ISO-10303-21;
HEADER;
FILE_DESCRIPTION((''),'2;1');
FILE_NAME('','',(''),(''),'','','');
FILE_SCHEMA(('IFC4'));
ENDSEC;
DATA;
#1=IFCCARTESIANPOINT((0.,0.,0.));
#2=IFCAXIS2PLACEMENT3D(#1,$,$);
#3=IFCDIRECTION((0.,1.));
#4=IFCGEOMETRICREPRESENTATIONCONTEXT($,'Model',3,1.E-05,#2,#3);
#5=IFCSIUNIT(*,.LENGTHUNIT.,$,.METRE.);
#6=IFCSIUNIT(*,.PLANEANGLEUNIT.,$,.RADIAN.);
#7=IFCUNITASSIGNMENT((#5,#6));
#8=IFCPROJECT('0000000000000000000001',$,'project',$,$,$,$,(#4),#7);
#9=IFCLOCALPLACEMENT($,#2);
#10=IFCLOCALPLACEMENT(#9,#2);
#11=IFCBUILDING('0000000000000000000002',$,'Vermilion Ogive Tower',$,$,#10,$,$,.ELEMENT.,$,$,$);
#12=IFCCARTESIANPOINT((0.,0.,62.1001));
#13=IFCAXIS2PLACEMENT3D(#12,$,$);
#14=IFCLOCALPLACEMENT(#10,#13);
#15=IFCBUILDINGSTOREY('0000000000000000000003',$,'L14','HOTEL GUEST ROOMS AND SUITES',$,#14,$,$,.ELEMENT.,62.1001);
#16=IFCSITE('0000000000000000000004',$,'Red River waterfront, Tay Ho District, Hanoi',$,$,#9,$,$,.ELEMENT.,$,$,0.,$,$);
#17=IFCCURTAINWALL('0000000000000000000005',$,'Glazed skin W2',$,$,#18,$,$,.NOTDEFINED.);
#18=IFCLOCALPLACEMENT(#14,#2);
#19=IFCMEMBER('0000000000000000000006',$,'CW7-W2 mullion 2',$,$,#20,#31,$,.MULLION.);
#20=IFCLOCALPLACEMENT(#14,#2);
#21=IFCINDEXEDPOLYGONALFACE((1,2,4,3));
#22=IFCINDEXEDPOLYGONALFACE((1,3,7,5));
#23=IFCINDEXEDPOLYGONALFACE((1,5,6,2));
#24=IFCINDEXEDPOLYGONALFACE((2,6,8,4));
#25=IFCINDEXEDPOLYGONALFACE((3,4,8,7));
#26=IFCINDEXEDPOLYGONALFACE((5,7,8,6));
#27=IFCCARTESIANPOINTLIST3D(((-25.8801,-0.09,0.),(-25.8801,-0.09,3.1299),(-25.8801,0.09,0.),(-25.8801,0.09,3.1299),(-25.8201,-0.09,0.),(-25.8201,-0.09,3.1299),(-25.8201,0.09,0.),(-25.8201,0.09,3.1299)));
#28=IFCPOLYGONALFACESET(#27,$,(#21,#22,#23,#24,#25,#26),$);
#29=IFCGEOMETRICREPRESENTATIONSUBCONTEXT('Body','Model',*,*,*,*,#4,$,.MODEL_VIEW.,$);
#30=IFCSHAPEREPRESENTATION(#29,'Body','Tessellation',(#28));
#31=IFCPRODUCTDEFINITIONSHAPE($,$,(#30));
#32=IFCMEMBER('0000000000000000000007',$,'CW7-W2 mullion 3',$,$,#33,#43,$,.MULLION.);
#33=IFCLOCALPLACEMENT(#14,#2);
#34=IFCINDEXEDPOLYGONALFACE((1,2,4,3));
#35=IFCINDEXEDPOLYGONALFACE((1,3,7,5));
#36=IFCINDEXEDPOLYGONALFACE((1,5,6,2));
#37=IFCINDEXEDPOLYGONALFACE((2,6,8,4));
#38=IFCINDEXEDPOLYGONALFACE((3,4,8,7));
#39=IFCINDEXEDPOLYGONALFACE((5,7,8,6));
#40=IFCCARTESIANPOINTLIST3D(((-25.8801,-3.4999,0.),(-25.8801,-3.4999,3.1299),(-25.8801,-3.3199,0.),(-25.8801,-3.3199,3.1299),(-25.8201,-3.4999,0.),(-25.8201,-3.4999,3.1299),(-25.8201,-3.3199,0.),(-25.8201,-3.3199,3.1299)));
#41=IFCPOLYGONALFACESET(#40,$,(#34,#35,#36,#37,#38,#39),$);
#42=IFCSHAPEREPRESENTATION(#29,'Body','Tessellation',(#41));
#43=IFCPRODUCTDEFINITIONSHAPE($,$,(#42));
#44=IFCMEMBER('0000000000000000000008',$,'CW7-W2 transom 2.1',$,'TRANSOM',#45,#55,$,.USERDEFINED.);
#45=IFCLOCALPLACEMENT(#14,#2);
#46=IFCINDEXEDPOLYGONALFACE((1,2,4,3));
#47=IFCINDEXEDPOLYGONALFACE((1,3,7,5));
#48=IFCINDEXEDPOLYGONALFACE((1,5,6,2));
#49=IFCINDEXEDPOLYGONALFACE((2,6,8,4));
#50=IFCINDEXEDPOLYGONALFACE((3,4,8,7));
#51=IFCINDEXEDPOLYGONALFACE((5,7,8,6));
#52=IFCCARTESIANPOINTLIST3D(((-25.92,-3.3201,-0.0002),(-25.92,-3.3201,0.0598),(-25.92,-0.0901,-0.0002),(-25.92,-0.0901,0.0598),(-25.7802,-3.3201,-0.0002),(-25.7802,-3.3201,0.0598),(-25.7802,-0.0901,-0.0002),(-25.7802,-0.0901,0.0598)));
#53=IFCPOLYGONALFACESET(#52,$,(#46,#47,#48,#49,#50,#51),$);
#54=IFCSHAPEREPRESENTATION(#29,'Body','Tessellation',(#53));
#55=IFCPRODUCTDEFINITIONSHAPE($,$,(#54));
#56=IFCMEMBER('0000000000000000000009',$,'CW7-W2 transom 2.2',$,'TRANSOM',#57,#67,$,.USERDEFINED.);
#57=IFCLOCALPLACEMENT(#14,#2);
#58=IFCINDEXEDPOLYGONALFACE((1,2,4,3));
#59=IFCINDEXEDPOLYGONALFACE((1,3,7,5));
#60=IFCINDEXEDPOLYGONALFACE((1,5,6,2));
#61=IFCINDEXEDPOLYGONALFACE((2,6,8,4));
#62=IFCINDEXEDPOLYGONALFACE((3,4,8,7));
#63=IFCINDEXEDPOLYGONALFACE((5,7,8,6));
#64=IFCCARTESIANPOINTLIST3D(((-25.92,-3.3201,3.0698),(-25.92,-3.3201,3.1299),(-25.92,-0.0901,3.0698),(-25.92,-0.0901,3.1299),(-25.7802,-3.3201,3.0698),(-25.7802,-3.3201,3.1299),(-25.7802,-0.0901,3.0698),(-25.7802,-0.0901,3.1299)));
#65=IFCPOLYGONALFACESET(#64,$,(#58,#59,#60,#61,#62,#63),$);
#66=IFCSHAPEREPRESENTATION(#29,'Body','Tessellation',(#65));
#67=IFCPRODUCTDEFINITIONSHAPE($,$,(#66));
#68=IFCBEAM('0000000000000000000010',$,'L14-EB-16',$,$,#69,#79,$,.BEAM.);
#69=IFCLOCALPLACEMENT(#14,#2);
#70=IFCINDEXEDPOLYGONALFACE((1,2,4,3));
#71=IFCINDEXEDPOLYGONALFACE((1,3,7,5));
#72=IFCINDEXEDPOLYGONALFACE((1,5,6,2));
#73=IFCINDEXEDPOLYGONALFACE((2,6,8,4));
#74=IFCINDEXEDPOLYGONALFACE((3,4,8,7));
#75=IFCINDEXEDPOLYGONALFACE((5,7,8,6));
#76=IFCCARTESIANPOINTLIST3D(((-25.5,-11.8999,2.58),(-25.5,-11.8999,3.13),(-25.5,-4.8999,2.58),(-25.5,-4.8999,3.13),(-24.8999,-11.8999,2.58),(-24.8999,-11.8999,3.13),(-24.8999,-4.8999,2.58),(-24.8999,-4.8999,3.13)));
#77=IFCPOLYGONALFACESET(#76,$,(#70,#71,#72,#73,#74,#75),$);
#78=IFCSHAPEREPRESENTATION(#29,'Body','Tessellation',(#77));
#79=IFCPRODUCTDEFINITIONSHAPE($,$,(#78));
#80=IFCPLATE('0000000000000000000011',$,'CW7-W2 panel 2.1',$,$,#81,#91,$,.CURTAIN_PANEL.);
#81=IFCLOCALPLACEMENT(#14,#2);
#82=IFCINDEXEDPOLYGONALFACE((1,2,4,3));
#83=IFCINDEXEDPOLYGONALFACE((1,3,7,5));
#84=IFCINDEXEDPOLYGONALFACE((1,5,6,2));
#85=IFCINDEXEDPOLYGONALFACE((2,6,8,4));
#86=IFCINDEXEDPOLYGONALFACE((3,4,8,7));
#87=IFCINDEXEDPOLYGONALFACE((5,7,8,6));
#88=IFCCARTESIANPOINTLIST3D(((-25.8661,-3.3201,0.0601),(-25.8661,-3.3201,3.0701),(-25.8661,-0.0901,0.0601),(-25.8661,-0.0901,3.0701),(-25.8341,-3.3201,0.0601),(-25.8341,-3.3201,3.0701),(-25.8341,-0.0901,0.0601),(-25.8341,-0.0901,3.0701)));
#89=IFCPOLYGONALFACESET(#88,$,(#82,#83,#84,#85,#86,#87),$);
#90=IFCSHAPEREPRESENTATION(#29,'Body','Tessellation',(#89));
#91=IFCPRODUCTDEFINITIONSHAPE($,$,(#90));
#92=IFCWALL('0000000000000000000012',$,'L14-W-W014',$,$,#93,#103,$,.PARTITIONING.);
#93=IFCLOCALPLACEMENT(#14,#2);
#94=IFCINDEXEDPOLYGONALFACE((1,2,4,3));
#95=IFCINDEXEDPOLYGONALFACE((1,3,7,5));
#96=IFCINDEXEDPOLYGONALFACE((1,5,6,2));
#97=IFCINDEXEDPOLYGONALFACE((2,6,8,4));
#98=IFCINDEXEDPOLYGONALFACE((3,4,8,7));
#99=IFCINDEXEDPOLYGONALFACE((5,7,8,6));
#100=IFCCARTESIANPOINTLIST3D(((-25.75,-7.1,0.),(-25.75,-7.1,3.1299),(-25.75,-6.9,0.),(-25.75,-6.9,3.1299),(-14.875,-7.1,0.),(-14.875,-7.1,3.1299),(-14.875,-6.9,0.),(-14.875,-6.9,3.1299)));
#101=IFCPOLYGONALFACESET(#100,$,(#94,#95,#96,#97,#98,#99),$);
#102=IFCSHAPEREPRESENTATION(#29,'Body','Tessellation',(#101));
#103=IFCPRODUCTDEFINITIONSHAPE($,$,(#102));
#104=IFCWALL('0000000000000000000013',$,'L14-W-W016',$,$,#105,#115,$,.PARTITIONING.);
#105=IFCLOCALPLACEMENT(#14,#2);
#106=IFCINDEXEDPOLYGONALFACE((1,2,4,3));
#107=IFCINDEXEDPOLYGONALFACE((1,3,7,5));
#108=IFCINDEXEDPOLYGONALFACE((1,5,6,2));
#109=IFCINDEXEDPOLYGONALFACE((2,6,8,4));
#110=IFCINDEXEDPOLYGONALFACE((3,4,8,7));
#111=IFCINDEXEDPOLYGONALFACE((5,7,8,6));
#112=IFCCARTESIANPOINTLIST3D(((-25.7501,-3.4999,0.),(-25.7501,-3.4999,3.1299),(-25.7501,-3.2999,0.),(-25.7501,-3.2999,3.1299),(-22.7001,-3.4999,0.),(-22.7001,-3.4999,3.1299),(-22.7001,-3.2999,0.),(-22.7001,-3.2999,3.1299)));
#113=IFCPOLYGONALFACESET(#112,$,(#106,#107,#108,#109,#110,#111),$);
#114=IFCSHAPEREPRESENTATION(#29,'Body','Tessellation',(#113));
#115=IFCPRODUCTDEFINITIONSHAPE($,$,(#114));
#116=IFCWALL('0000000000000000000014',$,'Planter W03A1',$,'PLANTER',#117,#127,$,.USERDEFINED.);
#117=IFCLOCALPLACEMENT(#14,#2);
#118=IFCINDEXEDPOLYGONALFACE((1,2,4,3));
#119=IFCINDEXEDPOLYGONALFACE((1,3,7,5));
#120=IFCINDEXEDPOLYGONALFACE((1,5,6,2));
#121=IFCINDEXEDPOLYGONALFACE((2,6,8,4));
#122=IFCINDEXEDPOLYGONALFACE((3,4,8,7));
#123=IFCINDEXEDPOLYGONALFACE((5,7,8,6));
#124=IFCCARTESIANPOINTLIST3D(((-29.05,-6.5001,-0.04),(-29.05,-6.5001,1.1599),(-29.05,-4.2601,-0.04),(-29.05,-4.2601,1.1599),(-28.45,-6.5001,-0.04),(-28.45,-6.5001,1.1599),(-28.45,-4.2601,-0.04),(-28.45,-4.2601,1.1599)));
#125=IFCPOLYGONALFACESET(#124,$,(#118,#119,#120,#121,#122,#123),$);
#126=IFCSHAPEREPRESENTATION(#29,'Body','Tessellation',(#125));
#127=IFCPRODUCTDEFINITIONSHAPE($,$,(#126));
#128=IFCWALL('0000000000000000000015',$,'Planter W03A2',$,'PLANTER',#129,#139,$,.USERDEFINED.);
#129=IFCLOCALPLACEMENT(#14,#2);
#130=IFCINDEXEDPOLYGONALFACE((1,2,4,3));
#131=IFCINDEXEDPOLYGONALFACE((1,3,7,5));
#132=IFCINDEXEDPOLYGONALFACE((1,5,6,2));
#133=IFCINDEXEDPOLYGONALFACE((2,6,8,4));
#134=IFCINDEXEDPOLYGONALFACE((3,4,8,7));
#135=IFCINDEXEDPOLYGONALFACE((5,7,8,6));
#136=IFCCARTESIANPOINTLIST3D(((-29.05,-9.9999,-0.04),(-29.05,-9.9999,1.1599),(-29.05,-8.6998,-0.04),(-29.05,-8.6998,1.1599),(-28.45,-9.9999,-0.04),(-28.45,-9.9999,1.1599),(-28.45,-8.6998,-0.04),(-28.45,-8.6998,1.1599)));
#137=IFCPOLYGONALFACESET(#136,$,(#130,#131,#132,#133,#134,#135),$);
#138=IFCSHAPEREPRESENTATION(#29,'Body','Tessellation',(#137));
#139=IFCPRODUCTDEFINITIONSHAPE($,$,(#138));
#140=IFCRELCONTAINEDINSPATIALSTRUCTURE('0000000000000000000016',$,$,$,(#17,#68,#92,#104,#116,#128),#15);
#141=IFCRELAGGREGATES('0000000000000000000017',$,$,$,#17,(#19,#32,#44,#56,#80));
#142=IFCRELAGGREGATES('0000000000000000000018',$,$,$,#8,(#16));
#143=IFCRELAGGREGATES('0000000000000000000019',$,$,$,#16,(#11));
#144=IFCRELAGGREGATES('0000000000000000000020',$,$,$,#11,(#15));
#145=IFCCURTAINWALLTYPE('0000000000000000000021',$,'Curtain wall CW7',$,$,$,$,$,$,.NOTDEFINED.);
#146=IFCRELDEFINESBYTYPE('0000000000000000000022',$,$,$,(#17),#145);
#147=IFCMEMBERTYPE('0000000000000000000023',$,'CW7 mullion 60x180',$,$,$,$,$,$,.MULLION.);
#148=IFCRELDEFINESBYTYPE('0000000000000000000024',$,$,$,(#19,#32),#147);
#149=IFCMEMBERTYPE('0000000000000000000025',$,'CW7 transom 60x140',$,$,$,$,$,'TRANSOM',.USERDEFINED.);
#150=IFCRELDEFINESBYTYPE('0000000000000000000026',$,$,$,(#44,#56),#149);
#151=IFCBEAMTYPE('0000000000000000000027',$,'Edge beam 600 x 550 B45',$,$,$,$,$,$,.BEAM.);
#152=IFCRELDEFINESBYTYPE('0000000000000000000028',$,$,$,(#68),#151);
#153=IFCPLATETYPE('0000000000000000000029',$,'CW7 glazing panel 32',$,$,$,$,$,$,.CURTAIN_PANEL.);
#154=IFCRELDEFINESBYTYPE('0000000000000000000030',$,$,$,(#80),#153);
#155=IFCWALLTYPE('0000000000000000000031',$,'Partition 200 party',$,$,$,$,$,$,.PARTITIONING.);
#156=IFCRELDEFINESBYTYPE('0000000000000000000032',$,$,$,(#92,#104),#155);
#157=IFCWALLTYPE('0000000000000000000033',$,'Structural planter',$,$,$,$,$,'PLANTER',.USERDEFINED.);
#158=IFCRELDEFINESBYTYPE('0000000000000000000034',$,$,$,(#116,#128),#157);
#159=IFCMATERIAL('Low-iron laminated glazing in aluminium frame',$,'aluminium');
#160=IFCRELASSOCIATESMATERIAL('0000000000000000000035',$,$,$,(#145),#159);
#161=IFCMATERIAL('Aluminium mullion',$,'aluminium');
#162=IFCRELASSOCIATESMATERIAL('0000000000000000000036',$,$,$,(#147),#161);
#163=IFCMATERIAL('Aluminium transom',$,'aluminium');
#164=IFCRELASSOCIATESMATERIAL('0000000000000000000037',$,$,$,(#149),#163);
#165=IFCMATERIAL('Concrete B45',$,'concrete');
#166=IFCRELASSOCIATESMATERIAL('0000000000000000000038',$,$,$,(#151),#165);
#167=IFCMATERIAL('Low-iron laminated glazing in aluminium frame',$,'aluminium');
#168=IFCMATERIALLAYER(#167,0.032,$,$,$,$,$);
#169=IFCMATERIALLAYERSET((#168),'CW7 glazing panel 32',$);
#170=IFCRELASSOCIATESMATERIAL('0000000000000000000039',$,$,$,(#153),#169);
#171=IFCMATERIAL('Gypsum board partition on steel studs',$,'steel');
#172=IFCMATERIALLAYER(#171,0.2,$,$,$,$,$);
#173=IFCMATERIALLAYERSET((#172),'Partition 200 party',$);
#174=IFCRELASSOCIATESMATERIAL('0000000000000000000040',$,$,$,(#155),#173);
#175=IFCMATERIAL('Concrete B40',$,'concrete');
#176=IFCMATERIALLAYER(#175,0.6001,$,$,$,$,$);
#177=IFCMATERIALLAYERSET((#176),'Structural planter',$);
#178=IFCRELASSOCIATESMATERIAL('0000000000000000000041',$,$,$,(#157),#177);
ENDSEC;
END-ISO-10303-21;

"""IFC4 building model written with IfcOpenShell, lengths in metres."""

from ifc_helpers import new_model, si_unit, direction, frame, frame_2d, origin, origin_2d, place, context, subcontext, project, spatial, rectangle, extrude, material, layer, layer_set, material_profile, profile_set, type_object, element, aggregate, save


model = new_model("IFC4")

# Units and contexts
model_context = context("Model", 3, precision=1e-05, world=origin(), true_north=direction((0.0, 1.0)))
body_context = subcontext(model_context, "Body", "Model", "MODEL_VIEW")
ifc_project = project(units=[si_unit("LENGTHUNIT", "METRE"), si_unit("PLANEANGLEUNIT", "RADIAN")], contexts=[model_context])

# Site, building, storey
site_placement = place(None, origin())
site = spatial("IfcSite", under=ifc_project, at=site_placement, Name="Red River waterfront, Tay Ho District, Hanoi", CompositionType="ELEMENT", RefElevation=0.0)
building_placement = place(site_placement, origin())
building = spatial("IfcBuilding", under=site, at=building_placement, Name="Vermilion Ogive Tower", CompositionType="ELEMENT")
storey_placement = place(building_placement, frame((0.0, 0.0, 62.1001)))
storey = spatial("IfcBuildingStorey", under=building, at=storey_placement, Name="L14", Description="HOTEL GUEST ROOMS AND SUITES", CompositionType="ELEMENT", Elevation=62.1001)

# Curtain wall, members
ifc_material_1 = material(Name="Low-iron laminated glazing in aluminium frame", Category="aluminium")
curtain_wall_type = type_object("IfcCurtainWallType", Name="Curtain wall CW7", PredefinedType="NOTDEFINED", material=ifc_material_1)
curtain_wall_placement = place(storey_placement, origin())
curtain_wall = element("IfcCurtainWall", 1, at=curtain_wall_placement, inside=storey, type_object=curtain_wall_type, Name="Glazed skin W2", PredefinedType="NOTDEFINED")
ifc_material_2 = material(Name="Aluminium mullion", Category="aluminium")
ifc_material_profile_1 = material_profile(ifc_material_2, rectangle(XDim=0.0601, YDim=0.1799, at=origin_2d()), Name="AL 60x180")
ifc_profile_set_1 = profile_set([ifc_material_profile_1], Name="Aluminium mullion")
member_type_1 = type_object("IfcMemberType", Name="CW7 mullion 60x180", PredefinedType="MULLION", material=ifc_profile_set_1)
member_1_placement = place(storey_placement, frame((-25.8501, 0.0, 0.0), z_axis=(0.0, 0.0, 1.0), x_axis=(1.0, 0.0, 0.0)))
member_1 = element("IfcMember", 2, at=member_1_placement, type_object=member_type_1, Name="CW7-W2 mullion 2", PredefinedType="MULLION", context=body_context, shape_type="SweptSolid", body=[
    extrude(rectangle(XDim=0.0601, YDim=0.1799, at=origin_2d()), origin(), (0.0, 0.0, 1.0), 3.1299),
])
member_2_placement = place(storey_placement, frame((-25.8501, -3.4099, 0.0), z_axis=(0.0, 0.0, 1.0), x_axis=(1.0, 0.0, 0.0)))
member_2 = element("IfcMember", 3, at=member_2_placement, type_object=member_type_1, Name="CW7-W2 mullion 3", PredefinedType="MULLION", context=body_context, shape_type="SweptSolid", body=[
    extrude(rectangle(XDim=0.0601, YDim=0.1799, at=origin_2d()), origin(), (0.0, 0.0, 1.0), 3.1299),
])
ifc_material_3 = material(Name="Aluminium transom", Category="aluminium")
ifc_material_profile_2 = material_profile(ifc_material_3, rectangle(XDim=0.1399, YDim=0.0601, at=origin_2d()), Name="AL 60x140")
ifc_profile_set_2 = profile_set([ifc_material_profile_2], Name="Aluminium transom")
member_type_2 = type_object("IfcMemberType", Name="CW7 transom 60x140", ElementType="TRANSOM", PredefinedType="USERDEFINED", material=ifc_profile_set_2)
member_3_placement = place(storey_placement, frame((-25.8501, -0.0901, 0.0298), z_axis=(0.0, -1.0, 0.0), x_axis=(1.0, 0.0, 0.0)))
member_3 = element("IfcMember", 4, at=member_3_placement, type_object=member_type_2, Name="CW7-W2 transom 2.1", ObjectType="TRANSOM", PredefinedType="USERDEFINED", context=body_context, shape_type="SweptSolid", body=[
    extrude(rectangle(XDim=0.1399, YDim=0.0601, at=origin_2d()), origin(), (0.0, 0.0, 1.0), 3.23),
])
member_4_placement = place(storey_placement, frame((-25.8501, -0.0901, 3.0999), z_axis=(0.0, -1.0, 0.0), x_axis=(1.0, 0.0, 0.0)))
member_4 = element("IfcMember", 5, at=member_4_placement, type_object=member_type_2, Name="CW7-W2 transom 2.2", ObjectType="TRANSOM", PredefinedType="USERDEFINED", context=body_context, shape_type="SweptSolid", body=[
    extrude(rectangle(XDim=0.1399, YDim=0.0601, at=origin_2d()), origin(), (0.0, 0.0, 1.0), 3.23),
])

# Beam
ifc_material_4 = material(Name="Concrete B45", Category="concrete")
ifc_material_profile_3 = material_profile(ifc_material_4, rectangle(XDim=0.6001, YDim=0.55, at=origin_2d()), Name="600 x 550")
ifc_profile_set_3 = profile_set([ifc_material_profile_3], Name="Concrete B45")
beam_type = type_object("IfcBeamType", Name="Edge beam 600 x 550 B45", PredefinedType="BEAM", material=ifc_profile_set_3)
beam_placement = place(storey_placement, frame((-25.2, -4.8999, 2.855), z_axis=(0.0, -1.0, 0.0), x_axis=(1.0, 0.0, 0.0)))
element("IfcBeam", 6, at=beam_placement, inside=storey, type_object=beam_type, Name="L14-EB-16", PredefinedType="BEAM", context=body_context, shape_type="SweptSolid", body=[
    extrude(rectangle(XDim=0.6001, YDim=0.55, at=origin_2d()), origin(), (0.0, 0.0, 1.0), 7.0),
])

# Plate
ifc_material_5 = material(Name="Low-iron laminated glazing in aluminium frame", Category="aluminium")
ifc_layer_1 = layer(ifc_material_5, 0.032)
ifc_layer_set_1 = layer_set([ifc_layer_1], Name="CW7 glazing panel 32")
plate_type = type_object("IfcPlateType", Name="CW7 glazing panel 32", PredefinedType="CURTAIN_PANEL", material=ifc_layer_set_1)
plate_placement = place(storey_placement, frame((-25.8501, -1.7051, 0.0601), z_axis=(0.0, 0.0, 1.0), x_axis=(0.0, -1.0, 0.0)))
plate = element("IfcPlate", 7, at=plate_placement, type_object=plate_type, Name="CW7-W2 panel 2.1", PredefinedType="CURTAIN_PANEL", context=body_context, shape_type="SweptSolid", body=[
    extrude(rectangle(XDim=3.23, YDim=0.032, at=origin_2d()), origin(), (0.0, 0.0, 1.0), 3.01),
])
aggregate(curtain_wall, [member_1, member_2, member_3, member_4, plate])

# Walls
ifc_material_6 = material(Name="Gypsum board partition on steel studs", Category="steel")
ifc_layer_2 = layer(ifc_material_6, 0.2)
ifc_layer_set_2 = layer_set([ifc_layer_2], Name="Partition 200 party")
wall_type_1 = type_object("IfcWallType", Name="Partition 200 party", PredefinedType="PARTITIONING", material=ifc_layer_set_2)
wall_1_placement = place(storey_placement, frame((-25.75, -7.0, 0.0), z_axis=(0.0, 0.0, 1.0), x_axis=(1.0, 0.0, 0.0)))
element("IfcWall", 8, at=wall_1_placement, inside=storey, type_object=wall_type_1, Name="L14-W-W014", PredefinedType="PARTITIONING", context=body_context, shape_type="SweptSolid", body=[
    extrude(rectangle(XDim=10.875, YDim=0.2, at=frame_2d((5.4375, 0.0))), origin(), (0.0, 0.0, 1.0), 3.1299),
])
wall_2_placement = place(storey_placement, frame((-25.75, -3.3999, 0.0), z_axis=(0.0, 0.0, 1.0), x_axis=(1.0, 0.0, 0.0)))
element("IfcWall", 9, at=wall_2_placement, inside=storey, type_object=wall_type_1, Name="L14-W-W016", PredefinedType="PARTITIONING", context=body_context, shape_type="SweptSolid", body=[
    extrude(rectangle(XDim=3.05, YDim=0.2, at=frame_2d((1.5249, 0.0))), origin(), (0.0, 0.0, 1.0), 3.1299),
])
ifc_material_7 = material(Name="Concrete B40", Category="concrete")
ifc_layer_3 = layer(ifc_material_7, 0.6001)
ifc_layer_set_3 = layer_set([ifc_layer_3], Name="Structural planter")
wall_type_2 = type_object("IfcWallType", Name="Structural planter", ElementType="PLANTER", PredefinedType="USERDEFINED", material=ifc_layer_set_3)
wall_3_placement = place(storey_placement, frame((-28.75, -4.26, -0.04), z_axis=(0.0, 0.0, 1.0), x_axis=(0.0, -1.0, 0.0)))
element("IfcWall", 10, at=wall_3_placement, inside=storey, type_object=wall_type_2, Name="Planter W03A1", ObjectType="PLANTER", PredefinedType="USERDEFINED", context=body_context, shape_type="SweptSolid", body=[
    extrude(rectangle(XDim=2.24, YDim=0.6001, at=frame_2d((1.1201, 0.0))), origin(), (0.0, 0.0, 1.0), 1.2),
])
wall_4_placement = place(storey_placement, frame((-28.75, -8.7, -0.04), z_axis=(0.0, 0.0, 1.0), x_axis=(0.0, -1.0, 0.0)))
element("IfcWall", 11, at=wall_4_placement, inside=storey, type_object=wall_type_2, Name="Planter W03A2", ObjectType="PLANTER", PredefinedType="USERDEFINED", context=body_context, shape_type="SweptSolid", body=[
    extrude(rectangle(XDim=1.3, YDim=0.6001, at=frame_2d((0.6499, 0.0))), origin(), (0.0, 0.0, 1.0), 1.2),
])

save(model, "model.ifc")
